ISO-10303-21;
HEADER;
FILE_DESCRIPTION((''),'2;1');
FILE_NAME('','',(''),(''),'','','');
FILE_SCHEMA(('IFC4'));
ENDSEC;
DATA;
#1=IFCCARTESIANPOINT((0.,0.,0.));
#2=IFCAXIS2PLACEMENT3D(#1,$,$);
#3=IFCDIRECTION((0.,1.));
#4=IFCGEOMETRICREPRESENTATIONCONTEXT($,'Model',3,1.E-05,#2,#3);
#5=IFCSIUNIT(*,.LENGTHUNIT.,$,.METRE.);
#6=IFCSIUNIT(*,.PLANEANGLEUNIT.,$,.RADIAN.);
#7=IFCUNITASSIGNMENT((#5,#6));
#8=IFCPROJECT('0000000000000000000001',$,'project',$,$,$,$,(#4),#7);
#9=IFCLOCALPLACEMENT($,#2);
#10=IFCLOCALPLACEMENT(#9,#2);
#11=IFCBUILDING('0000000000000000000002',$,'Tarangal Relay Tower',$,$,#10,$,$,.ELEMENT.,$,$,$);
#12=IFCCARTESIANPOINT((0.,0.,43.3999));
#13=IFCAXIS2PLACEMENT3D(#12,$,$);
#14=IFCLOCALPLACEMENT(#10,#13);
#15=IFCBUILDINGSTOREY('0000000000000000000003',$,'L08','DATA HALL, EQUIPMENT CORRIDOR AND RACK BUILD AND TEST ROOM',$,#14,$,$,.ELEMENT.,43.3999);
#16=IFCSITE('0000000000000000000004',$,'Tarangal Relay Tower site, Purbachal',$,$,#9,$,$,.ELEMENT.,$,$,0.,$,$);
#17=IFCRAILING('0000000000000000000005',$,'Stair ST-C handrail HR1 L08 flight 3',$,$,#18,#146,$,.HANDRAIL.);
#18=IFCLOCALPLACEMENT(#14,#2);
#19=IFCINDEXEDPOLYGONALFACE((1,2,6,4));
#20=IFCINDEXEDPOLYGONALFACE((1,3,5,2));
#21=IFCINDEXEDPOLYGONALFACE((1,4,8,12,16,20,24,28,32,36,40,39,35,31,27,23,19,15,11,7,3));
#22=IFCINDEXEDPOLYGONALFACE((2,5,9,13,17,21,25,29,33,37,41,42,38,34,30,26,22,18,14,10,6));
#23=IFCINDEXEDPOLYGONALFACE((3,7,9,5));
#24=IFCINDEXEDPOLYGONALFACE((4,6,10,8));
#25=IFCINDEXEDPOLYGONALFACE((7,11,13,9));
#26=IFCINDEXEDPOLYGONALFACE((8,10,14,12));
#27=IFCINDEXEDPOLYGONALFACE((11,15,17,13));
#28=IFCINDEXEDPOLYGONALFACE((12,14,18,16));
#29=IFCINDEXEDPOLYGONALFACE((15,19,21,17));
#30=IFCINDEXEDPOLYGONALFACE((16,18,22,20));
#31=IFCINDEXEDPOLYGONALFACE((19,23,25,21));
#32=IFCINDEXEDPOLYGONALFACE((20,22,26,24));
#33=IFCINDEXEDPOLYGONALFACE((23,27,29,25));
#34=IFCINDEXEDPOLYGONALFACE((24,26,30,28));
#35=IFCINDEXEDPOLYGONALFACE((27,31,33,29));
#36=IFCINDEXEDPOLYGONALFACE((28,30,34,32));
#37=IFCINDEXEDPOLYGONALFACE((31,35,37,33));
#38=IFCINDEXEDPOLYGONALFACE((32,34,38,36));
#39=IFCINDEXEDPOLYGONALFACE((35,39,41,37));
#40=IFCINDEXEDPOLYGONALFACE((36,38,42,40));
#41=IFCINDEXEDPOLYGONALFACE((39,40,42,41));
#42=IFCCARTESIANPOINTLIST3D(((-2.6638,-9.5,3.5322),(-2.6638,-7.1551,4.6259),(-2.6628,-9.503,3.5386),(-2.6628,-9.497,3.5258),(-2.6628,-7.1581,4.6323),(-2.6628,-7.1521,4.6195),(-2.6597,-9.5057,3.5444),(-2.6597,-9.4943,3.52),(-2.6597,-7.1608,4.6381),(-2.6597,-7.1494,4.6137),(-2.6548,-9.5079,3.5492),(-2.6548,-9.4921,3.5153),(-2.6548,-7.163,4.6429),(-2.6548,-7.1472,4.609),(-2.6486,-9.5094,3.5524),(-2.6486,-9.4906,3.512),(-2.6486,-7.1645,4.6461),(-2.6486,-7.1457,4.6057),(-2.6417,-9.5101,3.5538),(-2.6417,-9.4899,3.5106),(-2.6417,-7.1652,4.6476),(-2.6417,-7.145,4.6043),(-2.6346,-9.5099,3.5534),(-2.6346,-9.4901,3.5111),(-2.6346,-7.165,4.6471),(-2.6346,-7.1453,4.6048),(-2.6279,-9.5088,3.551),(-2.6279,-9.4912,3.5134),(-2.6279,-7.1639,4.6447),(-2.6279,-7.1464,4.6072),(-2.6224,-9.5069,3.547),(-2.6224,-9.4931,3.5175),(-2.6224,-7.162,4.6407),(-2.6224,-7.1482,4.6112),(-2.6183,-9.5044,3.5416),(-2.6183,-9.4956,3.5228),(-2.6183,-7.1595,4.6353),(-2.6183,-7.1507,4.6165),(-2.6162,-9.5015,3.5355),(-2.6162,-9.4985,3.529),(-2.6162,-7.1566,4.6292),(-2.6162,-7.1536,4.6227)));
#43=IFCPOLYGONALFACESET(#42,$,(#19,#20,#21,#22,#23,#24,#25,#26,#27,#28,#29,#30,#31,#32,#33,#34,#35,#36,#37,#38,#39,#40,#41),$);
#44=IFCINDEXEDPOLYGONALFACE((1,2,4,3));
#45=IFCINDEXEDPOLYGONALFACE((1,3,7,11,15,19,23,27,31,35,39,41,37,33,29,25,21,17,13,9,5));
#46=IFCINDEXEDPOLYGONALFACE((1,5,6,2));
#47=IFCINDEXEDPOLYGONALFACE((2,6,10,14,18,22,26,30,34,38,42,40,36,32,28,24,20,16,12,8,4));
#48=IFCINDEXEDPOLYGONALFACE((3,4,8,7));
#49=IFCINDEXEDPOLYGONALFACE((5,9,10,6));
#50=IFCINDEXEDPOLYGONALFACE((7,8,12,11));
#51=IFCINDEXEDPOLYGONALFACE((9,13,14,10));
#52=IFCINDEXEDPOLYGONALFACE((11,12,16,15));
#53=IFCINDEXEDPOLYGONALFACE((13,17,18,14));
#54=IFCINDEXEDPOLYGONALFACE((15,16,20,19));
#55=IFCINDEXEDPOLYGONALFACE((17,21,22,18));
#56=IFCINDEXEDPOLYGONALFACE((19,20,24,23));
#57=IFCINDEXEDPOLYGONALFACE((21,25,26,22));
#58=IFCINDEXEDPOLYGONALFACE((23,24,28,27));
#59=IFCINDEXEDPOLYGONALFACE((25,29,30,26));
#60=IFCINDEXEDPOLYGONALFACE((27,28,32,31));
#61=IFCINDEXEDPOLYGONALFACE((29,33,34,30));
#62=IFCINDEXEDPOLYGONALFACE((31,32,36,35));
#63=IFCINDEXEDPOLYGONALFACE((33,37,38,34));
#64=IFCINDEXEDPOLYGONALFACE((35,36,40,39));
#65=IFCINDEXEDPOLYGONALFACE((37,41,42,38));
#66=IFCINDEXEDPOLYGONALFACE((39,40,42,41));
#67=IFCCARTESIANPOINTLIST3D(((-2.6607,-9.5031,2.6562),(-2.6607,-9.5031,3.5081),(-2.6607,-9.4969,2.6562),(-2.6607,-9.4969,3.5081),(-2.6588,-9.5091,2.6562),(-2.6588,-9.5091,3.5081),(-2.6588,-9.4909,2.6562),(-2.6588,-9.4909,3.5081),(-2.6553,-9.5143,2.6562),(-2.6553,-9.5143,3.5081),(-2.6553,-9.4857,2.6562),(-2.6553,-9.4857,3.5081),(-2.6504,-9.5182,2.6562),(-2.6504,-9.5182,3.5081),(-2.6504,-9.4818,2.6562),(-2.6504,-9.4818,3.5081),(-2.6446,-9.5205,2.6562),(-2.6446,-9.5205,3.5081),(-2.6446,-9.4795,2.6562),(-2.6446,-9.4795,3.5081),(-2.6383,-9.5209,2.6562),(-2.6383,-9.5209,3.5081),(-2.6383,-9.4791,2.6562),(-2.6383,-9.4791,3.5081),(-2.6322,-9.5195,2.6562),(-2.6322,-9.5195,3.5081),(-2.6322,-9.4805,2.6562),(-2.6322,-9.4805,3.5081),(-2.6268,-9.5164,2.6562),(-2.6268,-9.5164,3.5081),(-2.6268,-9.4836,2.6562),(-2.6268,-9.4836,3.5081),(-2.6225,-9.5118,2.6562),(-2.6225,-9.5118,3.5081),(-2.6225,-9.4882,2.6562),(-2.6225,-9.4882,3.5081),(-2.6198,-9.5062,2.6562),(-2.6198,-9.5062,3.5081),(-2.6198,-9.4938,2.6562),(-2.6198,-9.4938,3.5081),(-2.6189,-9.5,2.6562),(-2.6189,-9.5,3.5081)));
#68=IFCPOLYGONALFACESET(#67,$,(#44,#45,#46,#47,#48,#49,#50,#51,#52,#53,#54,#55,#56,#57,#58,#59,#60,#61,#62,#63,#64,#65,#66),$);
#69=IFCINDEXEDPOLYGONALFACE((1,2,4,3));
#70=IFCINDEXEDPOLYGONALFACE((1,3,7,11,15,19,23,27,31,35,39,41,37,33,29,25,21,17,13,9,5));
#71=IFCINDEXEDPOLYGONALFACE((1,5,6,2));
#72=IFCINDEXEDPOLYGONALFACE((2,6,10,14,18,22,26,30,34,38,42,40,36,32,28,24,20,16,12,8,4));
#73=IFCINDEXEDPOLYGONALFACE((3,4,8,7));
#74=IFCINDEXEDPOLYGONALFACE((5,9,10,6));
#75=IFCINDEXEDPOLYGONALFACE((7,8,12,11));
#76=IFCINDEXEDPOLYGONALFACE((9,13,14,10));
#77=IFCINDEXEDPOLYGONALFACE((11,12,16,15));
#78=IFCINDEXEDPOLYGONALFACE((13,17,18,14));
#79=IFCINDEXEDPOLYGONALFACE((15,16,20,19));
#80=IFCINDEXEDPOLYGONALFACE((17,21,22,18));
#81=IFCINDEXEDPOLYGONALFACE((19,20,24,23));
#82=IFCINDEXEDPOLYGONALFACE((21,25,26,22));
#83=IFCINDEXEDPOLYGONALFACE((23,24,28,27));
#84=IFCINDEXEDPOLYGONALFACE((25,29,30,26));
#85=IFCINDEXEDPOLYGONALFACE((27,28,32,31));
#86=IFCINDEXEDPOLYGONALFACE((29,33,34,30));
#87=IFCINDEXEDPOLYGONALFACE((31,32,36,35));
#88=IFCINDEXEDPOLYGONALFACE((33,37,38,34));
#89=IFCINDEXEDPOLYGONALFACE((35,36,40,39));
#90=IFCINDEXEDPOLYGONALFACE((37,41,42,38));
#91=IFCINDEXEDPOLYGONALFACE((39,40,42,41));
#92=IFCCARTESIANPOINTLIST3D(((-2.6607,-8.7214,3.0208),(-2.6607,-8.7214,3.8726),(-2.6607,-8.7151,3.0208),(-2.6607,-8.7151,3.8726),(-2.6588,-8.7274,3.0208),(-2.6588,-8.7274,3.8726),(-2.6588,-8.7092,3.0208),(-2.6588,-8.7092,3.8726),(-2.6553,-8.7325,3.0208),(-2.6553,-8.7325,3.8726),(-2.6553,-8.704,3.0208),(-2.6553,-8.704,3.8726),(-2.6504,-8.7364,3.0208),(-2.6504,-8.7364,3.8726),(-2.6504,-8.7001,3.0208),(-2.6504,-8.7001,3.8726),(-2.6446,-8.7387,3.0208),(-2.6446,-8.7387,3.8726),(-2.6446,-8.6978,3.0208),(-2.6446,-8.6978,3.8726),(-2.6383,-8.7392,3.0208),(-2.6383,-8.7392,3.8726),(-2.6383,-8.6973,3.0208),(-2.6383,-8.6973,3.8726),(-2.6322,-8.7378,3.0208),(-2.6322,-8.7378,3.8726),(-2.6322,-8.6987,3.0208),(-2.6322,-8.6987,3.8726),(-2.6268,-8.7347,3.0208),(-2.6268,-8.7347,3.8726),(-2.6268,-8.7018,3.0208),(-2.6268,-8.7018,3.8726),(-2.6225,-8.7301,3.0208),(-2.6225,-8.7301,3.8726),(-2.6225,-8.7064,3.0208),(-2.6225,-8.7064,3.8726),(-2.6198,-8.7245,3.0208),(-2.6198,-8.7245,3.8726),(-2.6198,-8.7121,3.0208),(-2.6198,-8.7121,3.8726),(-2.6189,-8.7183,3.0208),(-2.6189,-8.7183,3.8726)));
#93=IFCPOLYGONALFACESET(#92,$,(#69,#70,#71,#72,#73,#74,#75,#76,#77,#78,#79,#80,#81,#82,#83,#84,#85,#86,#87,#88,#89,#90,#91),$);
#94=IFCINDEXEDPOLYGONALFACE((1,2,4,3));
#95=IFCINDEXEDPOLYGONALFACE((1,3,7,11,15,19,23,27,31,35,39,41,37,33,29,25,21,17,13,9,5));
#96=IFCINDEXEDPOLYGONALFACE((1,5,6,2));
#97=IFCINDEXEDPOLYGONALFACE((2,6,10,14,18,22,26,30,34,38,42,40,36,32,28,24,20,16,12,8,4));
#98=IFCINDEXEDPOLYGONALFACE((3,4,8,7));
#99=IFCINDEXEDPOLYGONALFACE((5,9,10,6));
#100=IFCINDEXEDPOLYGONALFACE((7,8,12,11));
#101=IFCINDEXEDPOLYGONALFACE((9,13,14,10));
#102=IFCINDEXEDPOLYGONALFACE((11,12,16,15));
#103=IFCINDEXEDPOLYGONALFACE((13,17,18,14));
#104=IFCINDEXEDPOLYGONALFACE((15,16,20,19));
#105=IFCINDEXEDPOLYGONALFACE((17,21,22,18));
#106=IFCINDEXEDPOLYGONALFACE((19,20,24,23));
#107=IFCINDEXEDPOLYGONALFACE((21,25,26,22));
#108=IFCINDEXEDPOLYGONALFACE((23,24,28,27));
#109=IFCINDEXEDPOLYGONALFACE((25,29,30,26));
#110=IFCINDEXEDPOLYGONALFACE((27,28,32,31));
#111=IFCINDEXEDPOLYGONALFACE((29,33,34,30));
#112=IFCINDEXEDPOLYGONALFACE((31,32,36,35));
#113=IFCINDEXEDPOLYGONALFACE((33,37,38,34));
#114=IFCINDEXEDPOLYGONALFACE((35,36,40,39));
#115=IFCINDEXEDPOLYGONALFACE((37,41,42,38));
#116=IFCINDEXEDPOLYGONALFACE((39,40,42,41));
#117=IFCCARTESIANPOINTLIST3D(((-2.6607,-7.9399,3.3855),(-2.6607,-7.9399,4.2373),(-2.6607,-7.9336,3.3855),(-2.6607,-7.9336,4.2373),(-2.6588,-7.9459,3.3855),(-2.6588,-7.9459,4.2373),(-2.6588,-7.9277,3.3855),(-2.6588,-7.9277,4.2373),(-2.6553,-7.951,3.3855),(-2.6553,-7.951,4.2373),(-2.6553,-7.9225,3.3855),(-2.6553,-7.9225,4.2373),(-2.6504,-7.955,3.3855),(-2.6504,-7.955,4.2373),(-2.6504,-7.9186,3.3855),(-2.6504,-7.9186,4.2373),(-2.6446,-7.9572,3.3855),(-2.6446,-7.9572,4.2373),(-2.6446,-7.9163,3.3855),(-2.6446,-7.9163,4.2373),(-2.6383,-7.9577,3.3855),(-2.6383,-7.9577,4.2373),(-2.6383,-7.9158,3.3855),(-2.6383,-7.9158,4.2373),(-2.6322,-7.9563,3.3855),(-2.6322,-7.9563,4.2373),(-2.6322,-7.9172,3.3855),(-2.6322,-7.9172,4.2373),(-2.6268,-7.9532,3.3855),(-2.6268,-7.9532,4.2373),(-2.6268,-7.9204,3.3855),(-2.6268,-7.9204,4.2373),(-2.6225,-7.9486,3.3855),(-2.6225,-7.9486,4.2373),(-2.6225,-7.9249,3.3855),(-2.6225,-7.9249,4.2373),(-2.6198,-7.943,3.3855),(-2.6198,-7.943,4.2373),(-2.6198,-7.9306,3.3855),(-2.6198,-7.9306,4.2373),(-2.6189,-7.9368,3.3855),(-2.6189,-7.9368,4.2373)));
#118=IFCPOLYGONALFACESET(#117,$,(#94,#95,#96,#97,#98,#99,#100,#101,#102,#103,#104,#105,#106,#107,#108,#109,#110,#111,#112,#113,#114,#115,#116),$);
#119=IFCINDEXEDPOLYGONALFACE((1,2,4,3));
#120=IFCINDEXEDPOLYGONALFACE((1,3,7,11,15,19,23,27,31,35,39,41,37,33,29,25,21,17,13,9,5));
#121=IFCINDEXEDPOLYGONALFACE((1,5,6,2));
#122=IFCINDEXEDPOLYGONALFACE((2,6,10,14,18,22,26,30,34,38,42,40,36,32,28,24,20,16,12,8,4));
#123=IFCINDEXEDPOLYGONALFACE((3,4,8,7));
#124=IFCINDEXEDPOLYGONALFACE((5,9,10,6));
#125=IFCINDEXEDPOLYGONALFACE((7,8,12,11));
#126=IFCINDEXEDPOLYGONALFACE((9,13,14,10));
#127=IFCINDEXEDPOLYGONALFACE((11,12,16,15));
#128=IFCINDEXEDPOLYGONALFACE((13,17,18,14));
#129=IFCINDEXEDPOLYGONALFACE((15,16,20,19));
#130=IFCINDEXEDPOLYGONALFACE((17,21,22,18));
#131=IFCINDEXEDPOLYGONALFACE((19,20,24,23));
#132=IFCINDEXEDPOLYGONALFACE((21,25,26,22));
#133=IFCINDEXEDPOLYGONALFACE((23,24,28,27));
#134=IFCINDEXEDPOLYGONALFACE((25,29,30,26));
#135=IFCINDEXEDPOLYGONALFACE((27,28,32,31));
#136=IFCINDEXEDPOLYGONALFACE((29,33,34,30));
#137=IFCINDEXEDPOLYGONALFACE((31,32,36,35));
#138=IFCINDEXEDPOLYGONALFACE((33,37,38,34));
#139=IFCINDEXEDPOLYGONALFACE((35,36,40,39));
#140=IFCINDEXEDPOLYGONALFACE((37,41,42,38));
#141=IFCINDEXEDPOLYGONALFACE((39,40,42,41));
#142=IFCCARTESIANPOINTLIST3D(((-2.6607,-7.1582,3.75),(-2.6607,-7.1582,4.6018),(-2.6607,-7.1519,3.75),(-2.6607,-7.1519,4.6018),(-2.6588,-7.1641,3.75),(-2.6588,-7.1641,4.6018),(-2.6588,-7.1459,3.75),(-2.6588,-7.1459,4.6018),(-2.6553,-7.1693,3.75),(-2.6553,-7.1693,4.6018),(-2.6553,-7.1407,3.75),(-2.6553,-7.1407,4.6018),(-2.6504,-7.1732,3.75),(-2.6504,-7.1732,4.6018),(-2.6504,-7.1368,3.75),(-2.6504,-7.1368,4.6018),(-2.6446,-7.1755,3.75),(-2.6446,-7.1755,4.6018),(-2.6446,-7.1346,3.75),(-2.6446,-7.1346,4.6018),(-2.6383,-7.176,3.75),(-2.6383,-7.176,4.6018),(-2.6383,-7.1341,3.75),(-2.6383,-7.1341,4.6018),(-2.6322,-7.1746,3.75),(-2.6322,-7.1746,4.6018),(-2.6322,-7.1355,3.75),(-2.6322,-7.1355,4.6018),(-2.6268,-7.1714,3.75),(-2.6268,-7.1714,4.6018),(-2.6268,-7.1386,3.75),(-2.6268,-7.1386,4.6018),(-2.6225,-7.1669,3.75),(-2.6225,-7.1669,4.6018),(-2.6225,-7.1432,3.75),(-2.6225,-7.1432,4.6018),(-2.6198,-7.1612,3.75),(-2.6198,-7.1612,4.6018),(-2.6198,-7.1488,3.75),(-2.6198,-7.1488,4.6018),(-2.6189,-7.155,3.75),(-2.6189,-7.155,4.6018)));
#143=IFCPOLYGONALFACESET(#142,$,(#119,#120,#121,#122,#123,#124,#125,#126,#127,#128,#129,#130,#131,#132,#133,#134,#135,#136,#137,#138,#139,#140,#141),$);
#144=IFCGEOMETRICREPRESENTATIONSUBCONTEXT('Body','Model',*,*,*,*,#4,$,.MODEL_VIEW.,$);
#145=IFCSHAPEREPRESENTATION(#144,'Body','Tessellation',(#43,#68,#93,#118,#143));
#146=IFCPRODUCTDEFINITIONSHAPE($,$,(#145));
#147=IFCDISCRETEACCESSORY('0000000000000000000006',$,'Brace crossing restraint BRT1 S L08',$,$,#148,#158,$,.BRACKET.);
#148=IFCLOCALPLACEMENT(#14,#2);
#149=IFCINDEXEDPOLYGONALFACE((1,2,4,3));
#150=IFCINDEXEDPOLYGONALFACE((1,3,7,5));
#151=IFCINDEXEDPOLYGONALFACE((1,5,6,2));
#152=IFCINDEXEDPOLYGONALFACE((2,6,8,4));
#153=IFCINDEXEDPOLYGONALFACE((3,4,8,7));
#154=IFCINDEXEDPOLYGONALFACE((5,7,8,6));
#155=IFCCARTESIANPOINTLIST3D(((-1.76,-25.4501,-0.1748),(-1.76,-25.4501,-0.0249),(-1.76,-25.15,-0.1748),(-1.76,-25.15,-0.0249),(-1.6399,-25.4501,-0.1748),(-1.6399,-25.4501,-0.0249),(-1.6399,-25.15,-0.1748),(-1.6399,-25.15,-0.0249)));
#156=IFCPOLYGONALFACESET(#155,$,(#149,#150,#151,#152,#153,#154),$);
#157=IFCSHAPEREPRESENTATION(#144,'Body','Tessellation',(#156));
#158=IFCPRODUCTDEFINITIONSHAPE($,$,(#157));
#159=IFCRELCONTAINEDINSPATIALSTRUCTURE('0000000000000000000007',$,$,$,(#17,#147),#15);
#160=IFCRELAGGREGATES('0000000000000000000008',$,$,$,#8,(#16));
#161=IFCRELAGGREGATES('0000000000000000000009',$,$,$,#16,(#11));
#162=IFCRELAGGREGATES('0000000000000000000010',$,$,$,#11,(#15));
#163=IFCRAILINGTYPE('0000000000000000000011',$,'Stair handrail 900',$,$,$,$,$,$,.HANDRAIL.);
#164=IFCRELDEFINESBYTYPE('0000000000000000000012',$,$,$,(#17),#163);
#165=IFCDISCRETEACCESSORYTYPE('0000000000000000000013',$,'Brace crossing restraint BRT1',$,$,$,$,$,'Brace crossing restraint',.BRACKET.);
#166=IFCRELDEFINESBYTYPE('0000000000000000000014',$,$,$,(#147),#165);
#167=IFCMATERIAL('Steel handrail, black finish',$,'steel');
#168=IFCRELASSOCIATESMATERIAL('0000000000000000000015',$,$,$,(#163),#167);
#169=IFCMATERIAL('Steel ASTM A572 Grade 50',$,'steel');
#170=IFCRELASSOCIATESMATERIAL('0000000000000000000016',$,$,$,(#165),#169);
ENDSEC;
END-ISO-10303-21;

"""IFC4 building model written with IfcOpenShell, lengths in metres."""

from ifc_helpers import new_model, si_unit, direction, frame, origin, origin_2d, place, context, subcontext, project, spatial, rectangle, circle, extrude, material, type_object, element, save


model = new_model("IFC4")

# Units and contexts
model_context = context("Model", 3, precision=1e-05, world=origin(), true_north=direction((0.0, 1.0)))
body_context = subcontext(model_context, "Body", "Model", "MODEL_VIEW")
ifc_project = project(units=[si_unit("LENGTHUNIT", "METRE"), si_unit("PLANEANGLEUNIT", "RADIAN")], contexts=[model_context])

# Site, building, storey
site_placement = place(None, origin())
site = spatial("IfcSite", under=ifc_project, at=site_placement, Name="Tarangal Relay Tower site, Purbachal", CompositionType="ELEMENT", RefElevation=0.0)
building_placement = place(site_placement, origin())
building = spatial("IfcBuilding", under=site, at=building_placement, Name="Tarangal Relay Tower", CompositionType="ELEMENT")
storey_placement = place(building_placement, frame((0.0, 0.0, 43.3999)))
storey = spatial("IfcBuildingStorey", under=building, at=storey_placement, Name="L08", Description="DATA HALL, EQUIPMENT CORRIDOR AND RACK BUILD AND TEST ROOM", CompositionType="ELEMENT", Elevation=43.3999)

# Shared definitions
ifc_material_1 = material(Name="Steel ASTM A572 Grade 50", Category="steel")

# Railing
ifc_material_2 = material(Name="Steel handrail, black finish", Category="steel")
railing_type_1 = type_object("IfcRailingType", Name="Stair handrail 900", PredefinedType="HANDRAIL", material=ifc_material_2)
for number, where, name in (
    (1, (-2.6399, -9.5, 2.6562), "Stair ST-C handrail HR1 L08 flight 3"),
):
    element("IfcRailing", number, at=place(storey_placement, frame(where)), inside=storey, type_object=railing_type_1, Name=name, PredefinedType="HANDRAIL", context=body_context, shape_type="SweptSolid", body=[
        extrude(circle(Radius=0.0239, at=origin_2d()), frame((0.0, 0.0, 0.876), z_axis=(0.0, 0.906267, 0.422705), x_axis=(-1.0, 0.0, 0.0)), (0.0, 0.0, 1.0), 2.5874),
        extrude(circle(Radius=0.021, at=origin_2d()), origin(), (0.0, 0.0, 1.0), 0.8518),
        extrude(circle(Radius=0.021, at=origin_2d()), frame((0.0, 0.7817, 0.3645)), (0.0, 0.0, 1.0), 0.8518),
        extrude(circle(Radius=0.021, at=origin_2d()), frame((0.0, 1.5632, 0.7292)), (0.0, 0.0, 1.0), 0.8518),
        extrude(circle(Radius=0.021, at=origin_2d()), frame((0.0, 2.345, 1.0938)), (0.0, 0.0, 1.0), 0.8518),
    ])

# Discrete accessory
discrete_accessory_type = type_object("IfcDiscreteAccessoryType", Name="Brace crossing restraint BRT1", ElementType="Brace crossing restraint", PredefinedType="BRACKET", material=ifc_material_1)
discrete_accessory_placement = place(storey_placement, frame((-1.7, -25.3, -0.1748), z_axis=(0.0, 0.0, 1.0), x_axis=(1.0, 0.0, 0.0)))
element("IfcDiscreteAccessory", 2, at=discrete_accessory_placement, inside=storey, type_object=discrete_accessory_type, Name="Brace crossing restraint BRT1 S L08", PredefinedType="BRACKET", context=body_context, shape_type="SweptSolid", body=[
    extrude(rectangle(XDim=0.1201, YDim=0.3, at=origin_2d()), origin(), (0.0, 0.0, 1.0), 0.1499),
])

save(model, "model.ifc")
